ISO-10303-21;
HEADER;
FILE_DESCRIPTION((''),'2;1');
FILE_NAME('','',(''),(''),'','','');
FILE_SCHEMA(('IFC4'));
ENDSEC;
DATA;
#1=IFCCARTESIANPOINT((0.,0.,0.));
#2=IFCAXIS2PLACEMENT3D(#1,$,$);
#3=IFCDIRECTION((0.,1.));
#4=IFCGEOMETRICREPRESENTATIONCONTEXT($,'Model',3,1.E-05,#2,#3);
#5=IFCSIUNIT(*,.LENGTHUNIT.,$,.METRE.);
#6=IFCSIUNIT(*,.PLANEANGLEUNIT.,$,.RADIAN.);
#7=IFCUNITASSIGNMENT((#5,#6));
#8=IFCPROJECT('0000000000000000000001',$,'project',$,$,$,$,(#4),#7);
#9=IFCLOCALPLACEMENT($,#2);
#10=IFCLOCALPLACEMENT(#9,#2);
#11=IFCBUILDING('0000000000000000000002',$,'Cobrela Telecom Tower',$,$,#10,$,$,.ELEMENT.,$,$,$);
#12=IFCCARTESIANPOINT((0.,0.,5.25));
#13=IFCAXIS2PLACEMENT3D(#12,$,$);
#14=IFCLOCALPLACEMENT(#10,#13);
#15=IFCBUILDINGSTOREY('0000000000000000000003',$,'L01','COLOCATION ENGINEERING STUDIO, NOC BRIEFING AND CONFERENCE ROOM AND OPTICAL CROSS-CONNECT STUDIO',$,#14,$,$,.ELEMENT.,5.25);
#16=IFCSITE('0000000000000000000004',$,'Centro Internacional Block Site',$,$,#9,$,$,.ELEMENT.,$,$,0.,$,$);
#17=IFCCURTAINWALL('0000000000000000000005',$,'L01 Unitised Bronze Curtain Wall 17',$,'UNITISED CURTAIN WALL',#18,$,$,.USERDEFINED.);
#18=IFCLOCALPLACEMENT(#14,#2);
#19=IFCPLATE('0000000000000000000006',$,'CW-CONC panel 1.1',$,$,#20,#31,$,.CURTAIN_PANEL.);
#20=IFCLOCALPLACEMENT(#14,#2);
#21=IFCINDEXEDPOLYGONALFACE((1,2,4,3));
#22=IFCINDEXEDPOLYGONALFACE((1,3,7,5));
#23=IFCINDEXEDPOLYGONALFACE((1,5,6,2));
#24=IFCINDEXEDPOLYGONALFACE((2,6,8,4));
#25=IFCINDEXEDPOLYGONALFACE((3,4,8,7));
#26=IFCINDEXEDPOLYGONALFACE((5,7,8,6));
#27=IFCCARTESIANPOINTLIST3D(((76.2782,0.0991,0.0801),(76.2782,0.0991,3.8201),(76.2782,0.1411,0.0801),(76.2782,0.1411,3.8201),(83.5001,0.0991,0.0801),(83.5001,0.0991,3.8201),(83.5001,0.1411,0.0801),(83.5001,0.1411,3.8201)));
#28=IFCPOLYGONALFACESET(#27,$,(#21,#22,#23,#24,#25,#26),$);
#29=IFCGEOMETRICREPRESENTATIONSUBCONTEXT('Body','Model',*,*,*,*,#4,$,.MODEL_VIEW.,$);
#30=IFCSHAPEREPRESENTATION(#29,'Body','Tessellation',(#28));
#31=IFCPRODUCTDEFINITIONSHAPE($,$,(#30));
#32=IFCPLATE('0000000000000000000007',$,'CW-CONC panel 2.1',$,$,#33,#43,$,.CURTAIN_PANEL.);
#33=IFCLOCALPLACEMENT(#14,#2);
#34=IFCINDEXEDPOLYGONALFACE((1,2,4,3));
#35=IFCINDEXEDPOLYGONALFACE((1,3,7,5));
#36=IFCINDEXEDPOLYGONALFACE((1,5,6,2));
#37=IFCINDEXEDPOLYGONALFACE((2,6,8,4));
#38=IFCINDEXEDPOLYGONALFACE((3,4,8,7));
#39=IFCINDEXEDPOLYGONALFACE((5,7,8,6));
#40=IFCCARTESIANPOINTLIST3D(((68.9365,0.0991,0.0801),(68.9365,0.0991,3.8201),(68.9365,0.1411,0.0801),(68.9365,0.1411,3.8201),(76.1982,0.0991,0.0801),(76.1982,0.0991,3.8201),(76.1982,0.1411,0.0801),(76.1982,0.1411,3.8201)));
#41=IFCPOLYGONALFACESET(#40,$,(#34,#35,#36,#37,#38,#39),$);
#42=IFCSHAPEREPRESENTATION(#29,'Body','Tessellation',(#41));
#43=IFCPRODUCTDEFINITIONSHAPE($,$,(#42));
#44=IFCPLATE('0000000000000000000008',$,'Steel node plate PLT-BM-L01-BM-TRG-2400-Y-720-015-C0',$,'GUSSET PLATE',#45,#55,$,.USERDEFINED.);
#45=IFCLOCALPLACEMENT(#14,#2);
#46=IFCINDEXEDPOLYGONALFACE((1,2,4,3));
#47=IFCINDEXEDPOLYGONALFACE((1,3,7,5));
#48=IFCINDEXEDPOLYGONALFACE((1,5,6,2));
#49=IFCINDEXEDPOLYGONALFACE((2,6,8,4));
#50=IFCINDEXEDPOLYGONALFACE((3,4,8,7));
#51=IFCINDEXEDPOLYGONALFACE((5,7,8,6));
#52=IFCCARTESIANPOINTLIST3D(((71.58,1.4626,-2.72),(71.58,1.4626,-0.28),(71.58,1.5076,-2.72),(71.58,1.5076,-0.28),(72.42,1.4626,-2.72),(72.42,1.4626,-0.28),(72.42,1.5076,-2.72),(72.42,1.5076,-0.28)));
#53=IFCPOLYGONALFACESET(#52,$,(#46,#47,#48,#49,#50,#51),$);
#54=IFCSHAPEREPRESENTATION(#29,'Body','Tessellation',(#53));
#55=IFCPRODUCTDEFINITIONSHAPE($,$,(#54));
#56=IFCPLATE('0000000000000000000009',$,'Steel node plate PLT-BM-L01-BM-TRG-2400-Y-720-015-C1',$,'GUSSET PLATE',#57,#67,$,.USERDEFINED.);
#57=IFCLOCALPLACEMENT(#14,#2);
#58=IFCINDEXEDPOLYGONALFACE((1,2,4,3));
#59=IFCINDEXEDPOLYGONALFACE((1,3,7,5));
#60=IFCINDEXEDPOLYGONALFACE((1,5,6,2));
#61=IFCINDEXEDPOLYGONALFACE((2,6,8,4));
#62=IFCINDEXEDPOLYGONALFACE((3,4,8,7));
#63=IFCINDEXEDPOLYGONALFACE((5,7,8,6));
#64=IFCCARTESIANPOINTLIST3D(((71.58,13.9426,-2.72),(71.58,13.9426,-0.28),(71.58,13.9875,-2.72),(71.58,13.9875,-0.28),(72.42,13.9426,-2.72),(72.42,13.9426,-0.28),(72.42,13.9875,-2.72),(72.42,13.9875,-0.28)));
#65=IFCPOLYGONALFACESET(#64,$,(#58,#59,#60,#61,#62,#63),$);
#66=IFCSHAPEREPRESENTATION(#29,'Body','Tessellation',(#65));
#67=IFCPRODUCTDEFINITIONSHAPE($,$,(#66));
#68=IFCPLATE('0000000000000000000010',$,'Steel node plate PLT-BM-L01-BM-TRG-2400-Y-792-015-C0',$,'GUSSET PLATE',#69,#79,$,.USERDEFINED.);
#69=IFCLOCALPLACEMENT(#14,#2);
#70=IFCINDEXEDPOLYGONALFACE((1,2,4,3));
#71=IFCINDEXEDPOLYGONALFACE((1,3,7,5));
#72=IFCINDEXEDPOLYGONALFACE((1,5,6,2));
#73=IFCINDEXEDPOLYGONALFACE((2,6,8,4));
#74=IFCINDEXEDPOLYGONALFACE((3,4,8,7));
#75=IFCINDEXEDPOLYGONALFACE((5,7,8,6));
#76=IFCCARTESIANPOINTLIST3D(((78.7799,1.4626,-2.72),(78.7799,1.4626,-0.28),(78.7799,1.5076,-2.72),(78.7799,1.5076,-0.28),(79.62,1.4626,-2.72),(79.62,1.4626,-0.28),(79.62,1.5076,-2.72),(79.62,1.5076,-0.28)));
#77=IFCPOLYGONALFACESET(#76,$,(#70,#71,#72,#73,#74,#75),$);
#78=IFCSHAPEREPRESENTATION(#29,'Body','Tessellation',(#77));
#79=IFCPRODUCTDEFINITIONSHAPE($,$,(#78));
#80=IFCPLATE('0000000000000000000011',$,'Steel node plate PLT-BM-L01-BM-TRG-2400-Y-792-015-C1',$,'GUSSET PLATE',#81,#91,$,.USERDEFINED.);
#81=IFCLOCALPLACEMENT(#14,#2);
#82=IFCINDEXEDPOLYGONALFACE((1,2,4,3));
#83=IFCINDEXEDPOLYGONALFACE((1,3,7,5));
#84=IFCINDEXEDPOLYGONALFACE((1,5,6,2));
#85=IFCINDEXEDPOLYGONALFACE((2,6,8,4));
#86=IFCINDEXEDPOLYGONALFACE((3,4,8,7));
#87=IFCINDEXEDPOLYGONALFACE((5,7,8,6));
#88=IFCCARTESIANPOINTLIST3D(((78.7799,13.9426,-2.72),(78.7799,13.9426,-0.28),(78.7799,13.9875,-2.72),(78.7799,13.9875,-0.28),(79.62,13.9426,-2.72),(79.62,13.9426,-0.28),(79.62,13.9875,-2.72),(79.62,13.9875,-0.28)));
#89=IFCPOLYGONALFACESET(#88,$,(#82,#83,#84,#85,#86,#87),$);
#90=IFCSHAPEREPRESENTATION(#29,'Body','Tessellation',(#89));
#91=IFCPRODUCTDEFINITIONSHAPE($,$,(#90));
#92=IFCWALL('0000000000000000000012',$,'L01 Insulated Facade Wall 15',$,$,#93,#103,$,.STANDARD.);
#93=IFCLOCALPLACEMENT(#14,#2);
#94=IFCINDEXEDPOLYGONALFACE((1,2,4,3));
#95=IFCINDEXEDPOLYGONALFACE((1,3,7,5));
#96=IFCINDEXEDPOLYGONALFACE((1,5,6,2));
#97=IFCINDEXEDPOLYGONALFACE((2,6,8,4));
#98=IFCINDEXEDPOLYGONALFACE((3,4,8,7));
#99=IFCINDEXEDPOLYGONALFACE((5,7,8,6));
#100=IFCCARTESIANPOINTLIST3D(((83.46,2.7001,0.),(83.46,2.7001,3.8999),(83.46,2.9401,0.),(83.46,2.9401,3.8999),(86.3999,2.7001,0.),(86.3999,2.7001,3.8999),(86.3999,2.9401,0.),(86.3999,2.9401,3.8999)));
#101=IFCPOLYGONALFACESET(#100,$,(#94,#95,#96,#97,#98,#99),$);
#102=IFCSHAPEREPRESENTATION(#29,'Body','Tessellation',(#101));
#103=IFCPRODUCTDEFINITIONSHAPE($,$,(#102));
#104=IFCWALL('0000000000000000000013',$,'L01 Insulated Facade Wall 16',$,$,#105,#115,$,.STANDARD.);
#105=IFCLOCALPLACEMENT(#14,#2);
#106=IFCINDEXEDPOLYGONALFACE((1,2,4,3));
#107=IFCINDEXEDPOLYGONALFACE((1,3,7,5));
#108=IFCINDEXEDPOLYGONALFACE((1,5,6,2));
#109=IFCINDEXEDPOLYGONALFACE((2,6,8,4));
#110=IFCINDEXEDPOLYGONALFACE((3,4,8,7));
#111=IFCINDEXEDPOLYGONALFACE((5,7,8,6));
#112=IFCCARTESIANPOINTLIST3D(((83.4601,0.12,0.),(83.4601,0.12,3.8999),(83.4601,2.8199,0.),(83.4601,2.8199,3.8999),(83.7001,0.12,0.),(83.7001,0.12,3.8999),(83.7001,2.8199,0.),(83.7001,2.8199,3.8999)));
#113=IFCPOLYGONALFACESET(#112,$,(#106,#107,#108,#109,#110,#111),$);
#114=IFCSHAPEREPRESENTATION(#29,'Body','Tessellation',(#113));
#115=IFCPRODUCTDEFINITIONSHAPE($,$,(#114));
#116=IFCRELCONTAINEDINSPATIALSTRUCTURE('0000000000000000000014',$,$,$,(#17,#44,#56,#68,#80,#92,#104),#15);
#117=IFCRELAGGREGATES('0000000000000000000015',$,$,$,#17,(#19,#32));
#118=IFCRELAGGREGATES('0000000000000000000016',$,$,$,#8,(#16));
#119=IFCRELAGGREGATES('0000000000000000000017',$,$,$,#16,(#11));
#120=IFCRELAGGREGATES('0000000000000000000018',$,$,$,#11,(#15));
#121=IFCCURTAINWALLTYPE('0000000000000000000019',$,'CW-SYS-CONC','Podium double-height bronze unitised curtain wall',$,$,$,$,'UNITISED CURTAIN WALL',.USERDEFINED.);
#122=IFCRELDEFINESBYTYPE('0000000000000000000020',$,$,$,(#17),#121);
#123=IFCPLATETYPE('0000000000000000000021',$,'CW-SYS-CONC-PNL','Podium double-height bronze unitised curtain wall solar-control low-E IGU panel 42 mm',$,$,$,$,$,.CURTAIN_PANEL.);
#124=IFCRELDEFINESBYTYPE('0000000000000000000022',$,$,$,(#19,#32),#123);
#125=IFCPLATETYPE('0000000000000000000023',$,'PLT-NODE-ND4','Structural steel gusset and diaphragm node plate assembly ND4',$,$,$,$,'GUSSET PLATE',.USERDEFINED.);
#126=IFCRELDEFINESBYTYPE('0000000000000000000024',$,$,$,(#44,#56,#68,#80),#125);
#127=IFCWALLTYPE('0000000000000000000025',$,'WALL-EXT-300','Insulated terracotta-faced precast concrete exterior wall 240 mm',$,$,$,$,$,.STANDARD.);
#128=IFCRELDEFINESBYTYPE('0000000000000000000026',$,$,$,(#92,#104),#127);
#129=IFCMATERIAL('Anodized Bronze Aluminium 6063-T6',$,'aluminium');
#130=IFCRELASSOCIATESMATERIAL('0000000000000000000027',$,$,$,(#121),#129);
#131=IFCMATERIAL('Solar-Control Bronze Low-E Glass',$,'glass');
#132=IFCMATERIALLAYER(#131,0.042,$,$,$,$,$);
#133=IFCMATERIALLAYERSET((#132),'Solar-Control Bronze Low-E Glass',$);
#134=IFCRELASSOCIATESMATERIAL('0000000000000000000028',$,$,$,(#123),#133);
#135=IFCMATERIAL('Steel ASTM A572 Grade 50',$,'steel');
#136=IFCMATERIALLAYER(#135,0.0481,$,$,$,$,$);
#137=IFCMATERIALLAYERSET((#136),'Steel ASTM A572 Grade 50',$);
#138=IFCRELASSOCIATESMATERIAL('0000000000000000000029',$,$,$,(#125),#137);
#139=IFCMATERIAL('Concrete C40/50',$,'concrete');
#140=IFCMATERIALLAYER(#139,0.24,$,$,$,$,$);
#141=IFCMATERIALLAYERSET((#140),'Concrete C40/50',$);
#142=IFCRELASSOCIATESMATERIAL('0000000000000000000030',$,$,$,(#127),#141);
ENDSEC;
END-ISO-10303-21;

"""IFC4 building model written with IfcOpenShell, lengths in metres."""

from ifc_helpers import new_model, si_unit, direction, frame, frame_2d, origin, origin_2d, place, context, subcontext, project, spatial, rectangle, extrude, material, layer, layer_set, type_object, element, aggregate, save


model = new_model("IFC4")

# Units and contexts
model_context = context("Model", 3, precision=1e-05, world=origin(), true_north=direction((0.0, 1.0)))
body_context = subcontext(model_context, "Body", "Model", "MODEL_VIEW")
ifc_project = project(units=[si_unit("LENGTHUNIT", "METRE"), si_unit("PLANEANGLEUNIT", "RADIAN")], contexts=[model_context])

# Site, building, storey
site_placement = place(None, origin())
site = spatial("IfcSite", under=ifc_project, at=site_placement, Name="Centro Internacional Block Site", CompositionType="ELEMENT", RefElevation=0.0)
building_placement = place(site_placement, origin())
building = spatial("IfcBuilding", under=site, at=building_placement, Name="Cobrela Telecom Tower", CompositionType="ELEMENT")
storey_placement = place(building_placement, frame((0.0, 0.0, 5.25)))
storey = spatial("IfcBuildingStorey", under=building, at=storey_placement, Name="L01", Description="COLOCATION ENGINEERING STUDIO, NOC BRIEFING AND CONFERENCE ROOM AND OPTICAL CROSS-CONNECT STUDIO", CompositionType="ELEMENT", Elevation=5.25)

# Shared definitions
ifc_material_1 = material(Name="Concrete C40/50", Category="concrete")
ifc_material_2 = material(Name="Steel ASTM A572 Grade 50", Category="steel")

# Curtain wall
ifc_material_3 = material(Name="Anodized Bronze Aluminium 6063-T6", Category="aluminium")
curtain_wall_type = type_object("IfcCurtainWallType", Name="CW-SYS-CONC", Description="Podium double-height bronze unitised curtain wall", ElementType="UNITISED CURTAIN WALL", PredefinedType="USERDEFINED", material=ifc_material_3)
curtain_wall_1_placement = place(storey_placement, origin())
curtain_wall_1 = element("IfcCurtainWall", 1, at=curtain_wall_1_placement, inside=storey, type_object=curtain_wall_type, Name="L01 Unitised Bronze Curtain Wall 17", ObjectType="UNITISED CURTAIN WALL", PredefinedType="USERDEFINED")

# Plates
ifc_material_4 = material(Name="Solar-Control Bronze Low-E Glass", Category="glass")
ifc_layer_1 = layer(ifc_material_4, 0.042)
ifc_layer_set_1 = layer_set([ifc_layer_1], Name="Solar-Control Bronze Low-E Glass")
plate_type_1 = type_object("IfcPlateType", Name="CW-SYS-CONC-PNL", Description="Podium double-height bronze unitised curtain wall solar-control low-E IGU panel 42 mm", PredefinedType="CURTAIN_PANEL", material=ifc_layer_set_1)
plate_1_placement = place(storey_placement, frame((79.8892, 0.1201, 0.0801), z_axis=(0.0, 0.0, 1.0), x_axis=(-1.0, 0.0, 0.0)))
plate_1 = element("IfcPlate", 2, at=plate_1_placement, type_object=plate_type_1, Name="CW-CONC panel 1.1", PredefinedType="CURTAIN_PANEL", context=body_context, shape_type="SweptSolid", body=[
    extrude(rectangle(XDim=7.2219, YDim=0.042, at=origin_2d()), origin(), (0.0, 0.0, 1.0), 3.74),
])
plate_2_placement = place(storey_placement, frame((72.5674, 0.1201, 0.0801), z_axis=(0.0, 0.0, 1.0), x_axis=(-1.0, 0.0, 0.0)))
plate_2 = element("IfcPlate", 3, at=plate_2_placement, type_object=plate_type_1, Name="CW-CONC panel 2.1", PredefinedType="CURTAIN_PANEL", context=body_context, shape_type="SweptSolid", body=[
    extrude(rectangle(XDim=7.2617, YDim=0.042, at=origin_2d()), origin(), (0.0, 0.0, 1.0), 3.74),
])
aggregate(curtain_wall_1, [plate_1, plate_2])

# Plates
ifc_layer_2 = layer(ifc_material_2, 0.0481)
ifc_layer_set_2 = layer_set([ifc_layer_2], Name="Steel ASTM A572 Grade 50")
plate_type_2 = type_object("IfcPlateType", Name="PLT-NODE-ND4", Description="Structural steel gusset and diaphragm node plate assembly ND4", ElementType="GUSSET PLATE", PredefinedType="USERDEFINED", material=ifc_layer_set_2)
for number, where, z_axis, x_axis, name in (
    (4, (72.0, 1.4851, -2.72), (0.0, 0.0, 1.0), (0.0, 1.0, 0.0), "Steel node plate PLT-BM-L01-BM-TRG-2400-Y-720-015-C0"),
    (5, (72.0, 13.9651, -2.72), (0.0, 0.0, 1.0), (0.0, 1.0, 0.0), "Steel node plate PLT-BM-L01-BM-TRG-2400-Y-720-015-C1"),
    (6, (79.2, 1.4851, -2.72), (0.0, 0.0, 1.0), (0.0, 1.0, 0.0), "Steel node plate PLT-BM-L01-BM-TRG-2400-Y-792-015-C0"),
    (7, (79.2, 13.9651, -2.72), (0.0, 0.0, 1.0), (0.0, 1.0, 0.0), "Steel node plate PLT-BM-L01-BM-TRG-2400-Y-792-015-C1"),
):
    element("IfcPlate", number, at=place(storey_placement, frame(where, z_axis=z_axis, x_axis=x_axis)), inside=storey, type_object=plate_type_2, Name=name, ObjectType="GUSSET PLATE", PredefinedType="USERDEFINED", context=body_context, shape_type="SweptSolid", body=[
        extrude(rectangle(XDim=0.0449, YDim=0.8401, at=origin_2d()), origin(), (0.0, 0.0, 1.0), 2.4399),
    ])

# Walls
ifc_layer_3 = layer(ifc_material_1, 0.24)
ifc_layer_set_3 = layer_set([ifc_layer_3], Name="Concrete C40/50")
wall_type = type_object("IfcWallType", Name="WALL-EXT-300", Description="Insulated terracotta-faced precast concrete exterior wall 240 mm", PredefinedType="STANDARD", material=ifc_layer_set_3)
wall_1_placement = place(storey_placement, frame((86.3999, 2.8201, 0.0), z_axis=(0.0, 0.0, 1.0), x_axis=(-1.0, 0.0, 0.0)))
element("IfcWall", 8, at=wall_1_placement, inside=storey, type_object=wall_type, Name="L01 Insulated Facade Wall 15", PredefinedType="STANDARD", context=body_context, shape_type="SweptSolid", body=[
    extrude(rectangle(XDim=2.9399, YDim=0.24, at=frame_2d((1.47, 0.0))), origin(), (0.0, 0.0, 1.0), 3.8999),
])
wall_2_placement = place(storey_placement, frame((83.5801, 2.8201, 0.0), z_axis=(0.0, 0.0, 1.0), x_axis=(0.0, -1.0, 0.0)))
element("IfcWall", 9, at=wall_2_placement, inside=storey, type_object=wall_type, Name="L01 Insulated Facade Wall 16", PredefinedType="STANDARD", context=body_context, shape_type="SweptSolid", body=[
    extrude(rectangle(XDim=2.7, YDim=0.24, at=frame_2d((1.3501, 0.0))), origin(), (0.0, 0.0, 1.0), 3.8999),
])

save(model, "model.ifc")
